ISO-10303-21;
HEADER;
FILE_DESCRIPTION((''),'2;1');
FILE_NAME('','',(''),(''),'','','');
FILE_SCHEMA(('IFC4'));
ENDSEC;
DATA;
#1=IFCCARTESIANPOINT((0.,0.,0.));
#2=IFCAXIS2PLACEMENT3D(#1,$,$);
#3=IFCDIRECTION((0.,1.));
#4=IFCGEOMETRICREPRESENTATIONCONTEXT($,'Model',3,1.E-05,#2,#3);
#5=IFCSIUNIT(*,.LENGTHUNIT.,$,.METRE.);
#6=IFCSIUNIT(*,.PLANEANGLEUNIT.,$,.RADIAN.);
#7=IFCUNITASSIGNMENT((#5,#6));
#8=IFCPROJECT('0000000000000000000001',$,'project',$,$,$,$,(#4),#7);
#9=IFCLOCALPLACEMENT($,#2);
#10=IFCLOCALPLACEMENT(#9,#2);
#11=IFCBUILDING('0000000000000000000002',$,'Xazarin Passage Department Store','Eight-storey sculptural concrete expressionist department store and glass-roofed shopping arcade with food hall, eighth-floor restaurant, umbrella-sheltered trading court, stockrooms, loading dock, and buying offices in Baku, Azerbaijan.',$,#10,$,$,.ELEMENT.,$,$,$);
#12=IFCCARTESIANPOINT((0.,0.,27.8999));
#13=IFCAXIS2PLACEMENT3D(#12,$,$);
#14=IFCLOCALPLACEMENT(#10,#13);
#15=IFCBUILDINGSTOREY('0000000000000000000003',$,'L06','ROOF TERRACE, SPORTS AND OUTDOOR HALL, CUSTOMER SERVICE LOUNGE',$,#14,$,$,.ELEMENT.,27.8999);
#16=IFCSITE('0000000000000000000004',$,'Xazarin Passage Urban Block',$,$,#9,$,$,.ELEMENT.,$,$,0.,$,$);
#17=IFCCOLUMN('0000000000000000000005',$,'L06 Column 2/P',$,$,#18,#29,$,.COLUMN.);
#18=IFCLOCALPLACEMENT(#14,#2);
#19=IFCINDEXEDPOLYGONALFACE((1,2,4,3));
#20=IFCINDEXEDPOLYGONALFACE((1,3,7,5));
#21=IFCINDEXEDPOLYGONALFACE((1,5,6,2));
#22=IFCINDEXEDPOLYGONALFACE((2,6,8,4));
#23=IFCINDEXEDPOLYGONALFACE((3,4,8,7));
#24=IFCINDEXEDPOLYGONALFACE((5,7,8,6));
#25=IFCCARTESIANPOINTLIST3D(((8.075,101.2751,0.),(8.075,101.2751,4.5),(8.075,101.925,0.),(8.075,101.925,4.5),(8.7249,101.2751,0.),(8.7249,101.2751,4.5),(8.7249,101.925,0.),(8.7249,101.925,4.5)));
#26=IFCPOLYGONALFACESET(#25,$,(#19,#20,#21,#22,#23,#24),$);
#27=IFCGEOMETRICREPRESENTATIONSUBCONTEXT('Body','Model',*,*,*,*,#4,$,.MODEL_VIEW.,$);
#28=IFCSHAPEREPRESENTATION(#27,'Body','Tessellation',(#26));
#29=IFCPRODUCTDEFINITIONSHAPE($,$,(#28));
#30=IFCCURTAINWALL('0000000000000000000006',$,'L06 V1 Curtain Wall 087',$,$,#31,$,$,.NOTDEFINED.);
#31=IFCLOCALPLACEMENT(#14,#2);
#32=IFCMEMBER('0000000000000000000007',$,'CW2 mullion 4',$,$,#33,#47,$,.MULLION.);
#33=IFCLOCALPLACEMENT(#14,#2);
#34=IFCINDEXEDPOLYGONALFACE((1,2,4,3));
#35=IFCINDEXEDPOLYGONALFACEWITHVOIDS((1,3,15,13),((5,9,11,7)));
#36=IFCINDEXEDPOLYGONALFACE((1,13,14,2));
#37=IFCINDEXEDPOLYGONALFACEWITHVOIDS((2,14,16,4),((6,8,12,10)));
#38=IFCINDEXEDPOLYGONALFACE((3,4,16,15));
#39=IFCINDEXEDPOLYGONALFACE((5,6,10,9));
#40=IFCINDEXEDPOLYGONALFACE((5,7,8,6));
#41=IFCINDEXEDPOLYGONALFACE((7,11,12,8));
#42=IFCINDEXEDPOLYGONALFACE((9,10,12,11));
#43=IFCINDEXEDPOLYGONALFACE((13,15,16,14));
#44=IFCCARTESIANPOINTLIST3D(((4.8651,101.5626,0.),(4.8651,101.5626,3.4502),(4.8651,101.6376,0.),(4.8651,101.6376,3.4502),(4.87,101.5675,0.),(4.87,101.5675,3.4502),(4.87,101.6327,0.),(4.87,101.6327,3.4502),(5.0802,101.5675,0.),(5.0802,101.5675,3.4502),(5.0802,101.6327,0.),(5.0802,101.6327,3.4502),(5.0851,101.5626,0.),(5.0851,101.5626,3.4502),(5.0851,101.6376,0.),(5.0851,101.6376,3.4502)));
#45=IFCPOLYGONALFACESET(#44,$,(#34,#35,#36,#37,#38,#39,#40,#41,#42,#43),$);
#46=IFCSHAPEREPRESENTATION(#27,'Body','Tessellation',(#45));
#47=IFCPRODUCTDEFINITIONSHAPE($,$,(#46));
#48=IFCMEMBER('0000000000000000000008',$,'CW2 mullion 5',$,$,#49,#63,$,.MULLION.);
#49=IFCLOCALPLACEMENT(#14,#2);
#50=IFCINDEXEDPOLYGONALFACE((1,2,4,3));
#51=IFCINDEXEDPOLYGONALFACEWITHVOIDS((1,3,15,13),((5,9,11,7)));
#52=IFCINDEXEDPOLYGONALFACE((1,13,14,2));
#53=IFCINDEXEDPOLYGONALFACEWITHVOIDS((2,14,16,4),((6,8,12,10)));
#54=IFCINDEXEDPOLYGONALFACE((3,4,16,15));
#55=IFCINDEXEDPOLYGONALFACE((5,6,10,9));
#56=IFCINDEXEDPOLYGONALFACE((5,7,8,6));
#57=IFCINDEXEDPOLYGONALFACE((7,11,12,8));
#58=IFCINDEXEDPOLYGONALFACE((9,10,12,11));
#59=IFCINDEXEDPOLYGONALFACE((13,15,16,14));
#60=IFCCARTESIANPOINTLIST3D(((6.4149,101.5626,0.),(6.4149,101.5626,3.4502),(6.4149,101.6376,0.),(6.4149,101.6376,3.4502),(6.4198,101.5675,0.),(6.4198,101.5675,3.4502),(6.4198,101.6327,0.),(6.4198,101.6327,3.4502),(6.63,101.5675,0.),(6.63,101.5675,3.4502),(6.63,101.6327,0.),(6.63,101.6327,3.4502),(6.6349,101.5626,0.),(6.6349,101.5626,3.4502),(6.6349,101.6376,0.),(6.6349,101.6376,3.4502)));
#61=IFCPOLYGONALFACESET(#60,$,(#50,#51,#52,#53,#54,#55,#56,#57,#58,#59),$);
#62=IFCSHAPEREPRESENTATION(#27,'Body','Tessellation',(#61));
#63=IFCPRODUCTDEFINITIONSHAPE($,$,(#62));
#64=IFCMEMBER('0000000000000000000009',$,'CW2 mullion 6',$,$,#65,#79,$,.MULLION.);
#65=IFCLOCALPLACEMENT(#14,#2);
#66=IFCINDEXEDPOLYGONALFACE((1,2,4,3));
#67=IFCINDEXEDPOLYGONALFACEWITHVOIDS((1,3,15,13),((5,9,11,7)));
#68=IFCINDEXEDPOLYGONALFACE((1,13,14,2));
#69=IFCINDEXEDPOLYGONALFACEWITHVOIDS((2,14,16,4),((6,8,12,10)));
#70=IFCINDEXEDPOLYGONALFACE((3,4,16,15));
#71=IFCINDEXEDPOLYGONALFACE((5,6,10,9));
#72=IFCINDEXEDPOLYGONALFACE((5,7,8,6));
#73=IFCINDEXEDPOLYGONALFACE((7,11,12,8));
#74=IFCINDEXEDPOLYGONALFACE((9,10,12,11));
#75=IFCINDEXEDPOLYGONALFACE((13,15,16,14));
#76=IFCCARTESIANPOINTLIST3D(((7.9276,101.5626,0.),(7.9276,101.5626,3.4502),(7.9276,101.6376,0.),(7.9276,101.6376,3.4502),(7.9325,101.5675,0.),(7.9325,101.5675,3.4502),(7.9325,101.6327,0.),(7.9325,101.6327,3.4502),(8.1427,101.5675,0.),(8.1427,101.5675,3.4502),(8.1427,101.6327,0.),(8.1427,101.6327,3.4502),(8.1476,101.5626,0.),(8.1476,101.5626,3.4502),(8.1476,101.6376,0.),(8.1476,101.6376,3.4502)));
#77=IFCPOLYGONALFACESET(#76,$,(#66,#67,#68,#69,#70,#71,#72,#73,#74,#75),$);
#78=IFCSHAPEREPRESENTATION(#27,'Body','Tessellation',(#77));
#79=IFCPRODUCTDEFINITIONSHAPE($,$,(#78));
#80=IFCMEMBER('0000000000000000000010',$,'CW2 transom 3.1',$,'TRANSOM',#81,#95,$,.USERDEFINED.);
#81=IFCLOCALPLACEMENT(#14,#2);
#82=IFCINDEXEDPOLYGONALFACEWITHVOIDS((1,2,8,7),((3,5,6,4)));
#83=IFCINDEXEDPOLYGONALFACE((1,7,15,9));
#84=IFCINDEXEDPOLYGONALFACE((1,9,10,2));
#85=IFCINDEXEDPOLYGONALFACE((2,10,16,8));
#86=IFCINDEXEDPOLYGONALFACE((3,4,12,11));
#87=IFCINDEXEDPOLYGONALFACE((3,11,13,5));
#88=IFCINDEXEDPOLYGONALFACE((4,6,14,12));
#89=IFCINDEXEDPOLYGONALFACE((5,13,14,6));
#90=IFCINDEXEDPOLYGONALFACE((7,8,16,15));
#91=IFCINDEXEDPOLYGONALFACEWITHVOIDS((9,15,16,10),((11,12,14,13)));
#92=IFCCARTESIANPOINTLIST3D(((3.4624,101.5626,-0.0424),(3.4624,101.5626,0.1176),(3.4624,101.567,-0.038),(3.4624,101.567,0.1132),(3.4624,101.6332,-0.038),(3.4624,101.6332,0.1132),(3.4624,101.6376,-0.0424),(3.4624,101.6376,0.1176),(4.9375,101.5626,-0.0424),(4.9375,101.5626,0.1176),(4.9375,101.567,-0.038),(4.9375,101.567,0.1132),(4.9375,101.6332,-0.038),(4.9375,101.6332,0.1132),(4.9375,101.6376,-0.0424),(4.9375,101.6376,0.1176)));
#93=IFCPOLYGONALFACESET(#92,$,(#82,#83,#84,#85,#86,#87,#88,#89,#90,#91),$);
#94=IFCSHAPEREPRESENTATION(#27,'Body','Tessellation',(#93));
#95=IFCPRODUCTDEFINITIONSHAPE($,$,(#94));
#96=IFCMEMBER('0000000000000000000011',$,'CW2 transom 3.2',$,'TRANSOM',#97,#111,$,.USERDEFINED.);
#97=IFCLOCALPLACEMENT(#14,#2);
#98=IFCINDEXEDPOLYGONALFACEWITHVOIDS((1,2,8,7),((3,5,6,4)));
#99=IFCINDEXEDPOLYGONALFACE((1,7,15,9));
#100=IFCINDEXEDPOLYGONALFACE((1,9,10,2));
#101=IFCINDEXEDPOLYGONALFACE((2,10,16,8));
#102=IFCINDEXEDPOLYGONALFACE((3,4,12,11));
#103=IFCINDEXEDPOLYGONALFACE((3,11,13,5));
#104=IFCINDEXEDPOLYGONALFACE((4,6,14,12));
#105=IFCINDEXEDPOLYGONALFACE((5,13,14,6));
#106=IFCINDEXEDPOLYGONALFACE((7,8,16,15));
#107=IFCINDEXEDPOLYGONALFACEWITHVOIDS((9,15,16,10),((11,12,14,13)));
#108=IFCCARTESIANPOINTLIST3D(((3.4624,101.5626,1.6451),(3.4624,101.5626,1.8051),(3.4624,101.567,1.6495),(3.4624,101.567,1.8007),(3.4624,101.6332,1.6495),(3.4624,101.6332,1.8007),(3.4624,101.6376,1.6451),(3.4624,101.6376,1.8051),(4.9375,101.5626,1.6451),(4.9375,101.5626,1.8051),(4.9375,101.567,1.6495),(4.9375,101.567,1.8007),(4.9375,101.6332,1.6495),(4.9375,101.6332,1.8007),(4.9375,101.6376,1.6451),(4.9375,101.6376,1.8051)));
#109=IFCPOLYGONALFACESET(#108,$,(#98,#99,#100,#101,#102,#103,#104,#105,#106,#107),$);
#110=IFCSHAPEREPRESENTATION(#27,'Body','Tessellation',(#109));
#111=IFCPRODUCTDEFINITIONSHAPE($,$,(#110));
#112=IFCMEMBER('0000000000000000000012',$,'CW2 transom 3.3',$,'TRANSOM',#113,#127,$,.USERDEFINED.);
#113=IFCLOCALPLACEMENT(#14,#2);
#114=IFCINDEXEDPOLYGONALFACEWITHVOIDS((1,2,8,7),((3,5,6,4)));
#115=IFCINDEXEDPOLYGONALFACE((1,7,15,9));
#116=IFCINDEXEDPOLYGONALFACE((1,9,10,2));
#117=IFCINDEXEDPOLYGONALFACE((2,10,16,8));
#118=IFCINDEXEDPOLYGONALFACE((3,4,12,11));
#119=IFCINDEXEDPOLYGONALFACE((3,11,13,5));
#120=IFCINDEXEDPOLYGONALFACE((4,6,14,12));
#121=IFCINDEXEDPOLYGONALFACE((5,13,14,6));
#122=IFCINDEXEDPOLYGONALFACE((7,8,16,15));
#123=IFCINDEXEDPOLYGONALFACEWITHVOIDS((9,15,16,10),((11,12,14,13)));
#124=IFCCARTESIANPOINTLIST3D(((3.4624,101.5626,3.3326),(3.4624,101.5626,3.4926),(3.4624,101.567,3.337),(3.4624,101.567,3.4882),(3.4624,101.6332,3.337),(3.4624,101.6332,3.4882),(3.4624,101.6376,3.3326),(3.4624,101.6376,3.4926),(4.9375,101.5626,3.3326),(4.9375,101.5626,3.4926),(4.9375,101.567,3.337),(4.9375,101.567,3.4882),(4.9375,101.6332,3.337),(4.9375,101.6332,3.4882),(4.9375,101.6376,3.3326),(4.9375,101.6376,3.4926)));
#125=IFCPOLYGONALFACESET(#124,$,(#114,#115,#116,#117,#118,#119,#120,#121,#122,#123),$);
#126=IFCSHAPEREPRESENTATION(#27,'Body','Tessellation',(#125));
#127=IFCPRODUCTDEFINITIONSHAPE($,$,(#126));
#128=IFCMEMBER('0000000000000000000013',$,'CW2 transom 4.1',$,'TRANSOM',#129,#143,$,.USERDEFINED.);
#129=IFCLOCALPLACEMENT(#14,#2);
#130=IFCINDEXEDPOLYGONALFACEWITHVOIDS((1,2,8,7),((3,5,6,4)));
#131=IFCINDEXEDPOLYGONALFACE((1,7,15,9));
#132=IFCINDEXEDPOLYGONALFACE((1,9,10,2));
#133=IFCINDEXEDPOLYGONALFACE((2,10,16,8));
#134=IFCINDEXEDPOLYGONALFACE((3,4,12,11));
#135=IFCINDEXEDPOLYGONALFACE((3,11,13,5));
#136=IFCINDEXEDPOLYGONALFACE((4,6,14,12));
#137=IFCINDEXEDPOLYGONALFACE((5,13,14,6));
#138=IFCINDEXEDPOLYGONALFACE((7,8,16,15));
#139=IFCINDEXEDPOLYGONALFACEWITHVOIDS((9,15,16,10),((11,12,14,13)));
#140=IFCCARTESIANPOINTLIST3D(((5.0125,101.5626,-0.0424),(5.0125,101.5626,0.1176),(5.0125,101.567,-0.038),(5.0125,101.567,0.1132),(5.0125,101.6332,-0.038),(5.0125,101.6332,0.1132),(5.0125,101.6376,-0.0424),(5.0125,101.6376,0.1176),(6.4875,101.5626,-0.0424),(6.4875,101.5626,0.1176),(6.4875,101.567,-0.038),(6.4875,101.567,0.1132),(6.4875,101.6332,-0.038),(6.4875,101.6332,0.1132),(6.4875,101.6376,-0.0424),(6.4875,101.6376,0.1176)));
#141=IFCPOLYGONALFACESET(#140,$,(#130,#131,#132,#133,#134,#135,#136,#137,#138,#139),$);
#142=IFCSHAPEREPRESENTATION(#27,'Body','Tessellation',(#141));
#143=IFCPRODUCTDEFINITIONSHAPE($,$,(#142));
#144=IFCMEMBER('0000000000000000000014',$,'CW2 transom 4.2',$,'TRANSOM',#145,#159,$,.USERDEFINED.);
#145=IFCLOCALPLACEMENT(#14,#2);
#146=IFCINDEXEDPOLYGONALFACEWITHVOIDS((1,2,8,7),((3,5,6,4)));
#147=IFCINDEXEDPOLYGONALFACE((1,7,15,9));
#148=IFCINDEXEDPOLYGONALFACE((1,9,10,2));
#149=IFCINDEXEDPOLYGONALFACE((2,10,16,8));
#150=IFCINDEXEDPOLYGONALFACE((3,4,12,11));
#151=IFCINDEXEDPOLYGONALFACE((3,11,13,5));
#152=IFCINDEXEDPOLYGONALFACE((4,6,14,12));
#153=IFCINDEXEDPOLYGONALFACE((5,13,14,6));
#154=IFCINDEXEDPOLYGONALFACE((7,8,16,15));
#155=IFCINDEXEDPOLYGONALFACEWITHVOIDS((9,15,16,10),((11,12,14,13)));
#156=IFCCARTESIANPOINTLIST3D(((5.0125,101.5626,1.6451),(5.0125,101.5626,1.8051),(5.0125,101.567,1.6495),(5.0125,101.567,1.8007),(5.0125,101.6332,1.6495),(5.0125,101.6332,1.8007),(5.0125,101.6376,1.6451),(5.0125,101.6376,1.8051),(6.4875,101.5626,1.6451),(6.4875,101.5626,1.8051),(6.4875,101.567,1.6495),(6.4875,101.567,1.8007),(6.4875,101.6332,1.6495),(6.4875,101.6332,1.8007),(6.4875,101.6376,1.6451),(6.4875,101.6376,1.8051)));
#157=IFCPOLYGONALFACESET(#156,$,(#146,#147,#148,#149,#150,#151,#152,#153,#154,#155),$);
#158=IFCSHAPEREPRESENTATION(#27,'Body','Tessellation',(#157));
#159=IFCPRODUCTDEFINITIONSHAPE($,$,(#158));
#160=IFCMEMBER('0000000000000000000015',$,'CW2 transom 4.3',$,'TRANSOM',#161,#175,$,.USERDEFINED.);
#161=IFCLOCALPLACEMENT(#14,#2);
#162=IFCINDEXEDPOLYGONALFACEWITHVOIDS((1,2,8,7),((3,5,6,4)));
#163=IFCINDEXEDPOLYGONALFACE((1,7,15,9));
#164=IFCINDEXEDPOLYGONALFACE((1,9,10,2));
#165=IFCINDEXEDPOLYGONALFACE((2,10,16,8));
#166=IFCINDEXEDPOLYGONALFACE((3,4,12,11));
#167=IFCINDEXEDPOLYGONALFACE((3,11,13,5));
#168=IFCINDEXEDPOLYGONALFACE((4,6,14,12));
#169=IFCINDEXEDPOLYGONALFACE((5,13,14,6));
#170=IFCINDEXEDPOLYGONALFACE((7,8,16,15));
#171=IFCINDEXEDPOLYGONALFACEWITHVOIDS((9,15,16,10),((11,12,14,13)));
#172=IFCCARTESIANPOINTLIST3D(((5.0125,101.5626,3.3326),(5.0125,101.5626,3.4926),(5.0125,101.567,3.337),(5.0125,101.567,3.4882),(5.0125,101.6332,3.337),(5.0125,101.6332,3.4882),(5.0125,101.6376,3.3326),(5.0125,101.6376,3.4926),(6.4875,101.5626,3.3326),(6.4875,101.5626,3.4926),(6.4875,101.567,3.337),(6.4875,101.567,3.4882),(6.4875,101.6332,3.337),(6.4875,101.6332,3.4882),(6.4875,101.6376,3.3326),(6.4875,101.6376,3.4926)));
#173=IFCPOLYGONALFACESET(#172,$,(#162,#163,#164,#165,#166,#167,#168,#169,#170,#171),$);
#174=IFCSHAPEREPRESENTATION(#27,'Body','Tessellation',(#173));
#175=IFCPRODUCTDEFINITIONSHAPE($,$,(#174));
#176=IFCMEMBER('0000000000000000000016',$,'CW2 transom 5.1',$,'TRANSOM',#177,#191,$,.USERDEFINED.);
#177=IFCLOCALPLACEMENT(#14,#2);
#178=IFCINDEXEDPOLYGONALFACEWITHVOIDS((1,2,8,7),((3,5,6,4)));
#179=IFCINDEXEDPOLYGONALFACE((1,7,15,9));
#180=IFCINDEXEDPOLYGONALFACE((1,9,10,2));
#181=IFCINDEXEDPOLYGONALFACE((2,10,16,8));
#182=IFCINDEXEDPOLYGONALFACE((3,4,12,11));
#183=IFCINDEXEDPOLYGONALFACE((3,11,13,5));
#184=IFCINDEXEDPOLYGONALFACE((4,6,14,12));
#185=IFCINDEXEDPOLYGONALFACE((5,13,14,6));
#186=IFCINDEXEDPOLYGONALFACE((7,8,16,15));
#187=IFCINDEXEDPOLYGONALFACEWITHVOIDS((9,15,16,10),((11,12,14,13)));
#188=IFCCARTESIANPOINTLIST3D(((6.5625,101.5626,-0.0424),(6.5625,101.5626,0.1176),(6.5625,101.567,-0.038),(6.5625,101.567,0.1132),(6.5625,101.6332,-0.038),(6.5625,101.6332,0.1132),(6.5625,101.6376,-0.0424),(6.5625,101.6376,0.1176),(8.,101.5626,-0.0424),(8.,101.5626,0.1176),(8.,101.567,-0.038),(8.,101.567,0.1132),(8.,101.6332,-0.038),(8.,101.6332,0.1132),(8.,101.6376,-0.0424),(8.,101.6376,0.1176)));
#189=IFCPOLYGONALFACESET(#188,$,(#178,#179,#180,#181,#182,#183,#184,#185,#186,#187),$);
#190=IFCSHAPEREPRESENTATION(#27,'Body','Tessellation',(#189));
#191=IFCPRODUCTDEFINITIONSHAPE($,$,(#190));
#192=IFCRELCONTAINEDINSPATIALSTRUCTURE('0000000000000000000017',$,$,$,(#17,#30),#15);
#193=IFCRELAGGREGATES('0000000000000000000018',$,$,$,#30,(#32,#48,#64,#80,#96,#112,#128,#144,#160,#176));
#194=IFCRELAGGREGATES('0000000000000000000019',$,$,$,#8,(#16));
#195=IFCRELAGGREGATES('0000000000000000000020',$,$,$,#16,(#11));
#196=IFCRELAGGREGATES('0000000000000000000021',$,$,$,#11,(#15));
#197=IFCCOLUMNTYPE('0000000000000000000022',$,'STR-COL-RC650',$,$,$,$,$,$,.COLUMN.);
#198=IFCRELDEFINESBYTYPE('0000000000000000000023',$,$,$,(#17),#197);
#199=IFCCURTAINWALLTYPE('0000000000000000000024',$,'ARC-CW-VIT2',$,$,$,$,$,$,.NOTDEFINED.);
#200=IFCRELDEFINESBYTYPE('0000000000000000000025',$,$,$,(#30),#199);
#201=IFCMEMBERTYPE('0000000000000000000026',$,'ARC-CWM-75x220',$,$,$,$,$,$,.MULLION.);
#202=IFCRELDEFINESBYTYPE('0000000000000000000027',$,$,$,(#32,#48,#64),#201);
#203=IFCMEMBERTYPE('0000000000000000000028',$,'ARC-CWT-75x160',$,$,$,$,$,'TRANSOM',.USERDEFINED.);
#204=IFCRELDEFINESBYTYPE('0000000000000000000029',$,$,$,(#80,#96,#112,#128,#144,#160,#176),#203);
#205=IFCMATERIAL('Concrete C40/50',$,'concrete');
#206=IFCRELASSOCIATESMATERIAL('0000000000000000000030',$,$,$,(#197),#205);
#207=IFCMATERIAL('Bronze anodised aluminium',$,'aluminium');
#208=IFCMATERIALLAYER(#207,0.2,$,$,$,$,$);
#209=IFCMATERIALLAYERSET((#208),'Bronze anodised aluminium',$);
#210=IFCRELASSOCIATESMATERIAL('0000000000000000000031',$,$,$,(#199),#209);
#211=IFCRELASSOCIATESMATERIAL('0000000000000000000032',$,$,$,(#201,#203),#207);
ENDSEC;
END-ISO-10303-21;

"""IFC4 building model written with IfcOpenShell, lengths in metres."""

from ifc_helpers import new_model, si_unit, direction, frame, origin, origin_2d, place, context, subcontext, project, spatial, rectangle, hollow_rectangle, extrude, material, layer, layer_set, material_profile, profile_set, type_object, element, aggregate, save


model = new_model("IFC4")

# Units and contexts
model_context = context("Model", 3, precision=1e-05, world=origin(), true_north=direction((0.0, 1.0)))
body_context = subcontext(model_context, "Body", "Model", "MODEL_VIEW")
ifc_project = project(units=[si_unit("LENGTHUNIT", "METRE"), si_unit("PLANEANGLEUNIT", "RADIAN")], contexts=[model_context])

# Site, building, storey
site_placement = place(None, origin())
site = spatial("IfcSite", under=ifc_project, at=site_placement, Name="Xazarin Passage Urban Block", CompositionType="ELEMENT", RefElevation=0.0)
building_placement = place(site_placement, origin())
building = spatial("IfcBuilding", under=site, at=building_placement, Name="Xazarin Passage Department Store", Description="Eight-storey sculptural concrete expressionist department store and glass-roofed shopping arcade with food hall, eighth-floor restaurant, umbrella-sheltered trading court, stockrooms, loading dock, and buying offices in Baku, Azerbaijan.", CompositionType="ELEMENT")
storey_placement = place(building_placement, frame((0.0, 0.0, 27.8999)))
storey = spatial("IfcBuildingStorey", under=building, at=storey_placement, Name="L06", Description="ROOF TERRACE, SPORTS AND OUTDOOR HALL, CUSTOMER SERVICE LOUNGE", CompositionType="ELEMENT", Elevation=27.8999)

# Column
ifc_material_1 = material(Name="Concrete C40/50", Category="concrete")
ifc_material_profile_1 = material_profile(ifc_material_1, rectangle(XDim=0.6499, YDim=0.6499, at=origin_2d()), Name="RC 650x650")
ifc_profile_set_1 = profile_set([ifc_material_profile_1], Name="Concrete C40/50")
column_type = type_object("IfcColumnType", Name="STR-COL-RC650", PredefinedType="COLUMN", material=ifc_profile_set_1)
column_placement = place(storey_placement, frame((8.3999, 101.6001, 0.0), z_axis=(0.0, 0.0, 1.0), x_axis=(1.0, 0.0, 0.0)))
element("IfcColumn", 1, at=column_placement, inside=storey, type_object=column_type, Name="L06 Column 2/P", PredefinedType="COLUMN", context=body_context, shape_type="SweptSolid", body=[
    extrude(rectangle(XDim=0.6499, YDim=0.6499, at=origin_2d()), origin(), (0.0, 0.0, 1.0), 4.5),
])

# Curtain wall, members
ifc_material_2 = material(Name="Bronze anodised aluminium", Category="aluminium")
ifc_layer_1 = layer(ifc_material_2, 0.2)
ifc_layer_set_1 = layer_set([ifc_layer_1], Name="Bronze anodised aluminium")
curtain_wall_type = type_object("IfcCurtainWallType", Name="ARC-CW-VIT2", PredefinedType="NOTDEFINED", material=ifc_layer_set_1)
curtain_wall_placement = place(storey_placement, origin())
curtain_wall = element("IfcCurtainWall", 2, at=curtain_wall_placement, inside=storey, type_object=curtain_wall_type, Name="L06 V1 Curtain Wall 087", PredefinedType="NOTDEFINED")
ifc_material_profile_2 = material_profile(ifc_material_2, hollow_rectangle(XDim=0.075, YDim=0.22, WallThickness=0.0049, at=origin_2d()), Name="ALU 75x220")
ifc_profile_set_2 = profile_set([ifc_material_profile_2], Name="Bronze anodised aluminium")
member_type_1 = type_object("IfcMemberType", Name="ARC-CWM-75x220", PredefinedType="MULLION", material=ifc_profile_set_2)
member_1_placement = place(storey_placement, frame((4.9751, 101.6001, 0.0), z_axis=(0.0, 0.0, 1.0), x_axis=(0.0, 1.0, 0.0)))
member_1 = element("IfcMember", 3, at=member_1_placement, type_object=member_type_1, Name="CW2 mullion 4", PredefinedType="MULLION", context=body_context, shape_type="SweptSolid", body=[
    extrude(hollow_rectangle(XDim=0.075, YDim=0.22, WallThickness=0.0049, at=origin_2d()), origin(), (0.0, 0.0, 1.0), 3.4502),
])
member_2_placement = place(storey_placement, frame((6.5249, 101.6001, 0.0), z_axis=(0.0, 0.0, 1.0), x_axis=(0.0, 1.0, 0.0)))
member_2 = element("IfcMember", 4, at=member_2_placement, type_object=member_type_1, Name="CW2 mullion 5", PredefinedType="MULLION", context=body_context, shape_type="SweptSolid", body=[
    extrude(hollow_rectangle(XDim=0.075, YDim=0.22, WallThickness=0.0049, at=origin_2d()), origin(), (0.0, 0.0, 1.0), 3.4502),
])
member_3_placement = place(storey_placement, frame((8.0376, 101.6001, 0.0), z_axis=(0.0, 0.0, 1.0), x_axis=(0.0, 1.0, 0.0)))
member_3 = element("IfcMember", 5, at=member_3_placement, type_object=member_type_1, Name="CW2 mullion 6", PredefinedType="MULLION", context=body_context, shape_type="SweptSolid", body=[
    extrude(hollow_rectangle(XDim=0.075, YDim=0.22, WallThickness=0.0049, at=origin_2d()), origin(), (0.0, 0.0, 1.0), 3.4502),
])
ifc_material_profile_3 = material_profile(ifc_material_2, hollow_rectangle(XDim=0.075, YDim=0.1599, WallThickness=0.0044, at=origin_2d()), Name="ALU 75x160")
ifc_profile_set_3 = profile_set([ifc_material_profile_3], Name="Bronze anodised aluminium")
member_type_2 = type_object("IfcMemberType", Name="ARC-CWT-75x160", ElementType="TRANSOM", PredefinedType="USERDEFINED", material=ifc_profile_set_3)
member_4_placement = place(storey_placement, frame((3.4624, 101.6001, 0.0376), z_axis=(1.0, 0.0, 0.0), x_axis=(0.0, 1.0, 0.0)))
member_4 = element("IfcMember", 6, at=member_4_placement, type_object=member_type_2, Name="CW2 transom 3.1", ObjectType="TRANSOM", PredefinedType="USERDEFINED", context=body_context, shape_type="SweptSolid", body=[
    extrude(hollow_rectangle(XDim=0.075, YDim=0.1599, WallThickness=0.0044, at=origin_2d()), origin(), (0.0, 0.0, 1.0), 1.4751),
])
member_5_placement = place(storey_placement, frame((3.4624, 101.6001, 1.7251), z_axis=(1.0, 0.0, 0.0), x_axis=(0.0, 1.0, 0.0)))
member_5 = element("IfcMember", 7, at=member_5_placement, type_object=member_type_2, Name="CW2 transom 3.2", ObjectType="TRANSOM", PredefinedType="USERDEFINED", context=body_context, shape_type="SweptSolid", body=[
    extrude(hollow_rectangle(XDim=0.075, YDim=0.1599, WallThickness=0.0044, at=origin_2d()), origin(), (0.0, 0.0, 1.0), 1.4751),
])
member_6_placement = place(storey_placement, frame((3.4624, 101.6001, 3.4126), z_axis=(1.0, 0.0, 0.0), x_axis=(0.0, 1.0, 0.0)))
member_6 = element("IfcMember", 8, at=member_6_placement, type_object=member_type_2, Name="CW2 transom 3.3", ObjectType="TRANSOM", PredefinedType="USERDEFINED", context=body_context, shape_type="SweptSolid", body=[
    extrude(hollow_rectangle(XDim=0.075, YDim=0.1599, WallThickness=0.0044, at=origin_2d()), origin(), (0.0, 0.0, 1.0), 1.4751),
])
member_7_placement = place(storey_placement, frame((5.0125, 101.6001, 0.0376), z_axis=(1.0, 0.0, 0.0), x_axis=(0.0, 1.0, 0.0)))
member_7 = element("IfcMember", 9, at=member_7_placement, type_object=member_type_2, Name="CW2 transom 4.1", ObjectType="TRANSOM", PredefinedType="USERDEFINED", context=body_context, shape_type="SweptSolid", body=[
    extrude(hollow_rectangle(XDim=0.075, YDim=0.1599, WallThickness=0.0044, at=origin_2d()), origin(), (0.0, 0.0, 1.0), 1.4751),
])
member_8_placement = place(storey_placement, frame((5.0125, 101.6001, 1.7251), z_axis=(1.0, 0.0, 0.0), x_axis=(0.0, 1.0, 0.0)))
member_8 = element("IfcMember", 10, at=member_8_placement, type_object=member_type_2, Name="CW2 transom 4.2", ObjectType="TRANSOM", PredefinedType="USERDEFINED", context=body_context, shape_type="SweptSolid", body=[
    extrude(hollow_rectangle(XDim=0.075, YDim=0.1599, WallThickness=0.0044, at=origin_2d()), origin(), (0.0, 0.0, 1.0), 1.4751),
])
member_9_placement = place(storey_placement, frame((5.0125, 101.6001, 3.4126), z_axis=(1.0, 0.0, 0.0), x_axis=(0.0, 1.0, 0.0)))
member_9 = element("IfcMember", 11, at=member_9_placement, type_object=member_type_2, Name="CW2 transom 4.3", ObjectType="TRANSOM", PredefinedType="USERDEFINED", context=body_context, shape_type="SweptSolid", body=[
    extrude(hollow_rectangle(XDim=0.075, YDim=0.1599, WallThickness=0.0044, at=origin_2d()), origin(), (0.0, 0.0, 1.0), 1.4751),
])
member_10_placement = place(storey_placement, frame((6.5625, 101.6001, 0.0376), z_axis=(1.0, 0.0, 0.0), x_axis=(0.0, 1.0, 0.0)))
member_10 = element("IfcMember", 12, at=member_10_placement, type_object=member_type_2, Name="CW2 transom 5.1", ObjectType="TRANSOM", PredefinedType="USERDEFINED", context=body_context, shape_type="SweptSolid", body=[
    extrude(hollow_rectangle(XDim=0.075, YDim=0.1599, WallThickness=0.0044, at=origin_2d()), origin(), (0.0, 0.0, 1.0), 1.4375),
])
aggregate(curtain_wall, [member_1, member_2, member_3, member_4, member_5, member_6, member_7, member_8, member_9, member_10])

save(model, "model.ifc")
